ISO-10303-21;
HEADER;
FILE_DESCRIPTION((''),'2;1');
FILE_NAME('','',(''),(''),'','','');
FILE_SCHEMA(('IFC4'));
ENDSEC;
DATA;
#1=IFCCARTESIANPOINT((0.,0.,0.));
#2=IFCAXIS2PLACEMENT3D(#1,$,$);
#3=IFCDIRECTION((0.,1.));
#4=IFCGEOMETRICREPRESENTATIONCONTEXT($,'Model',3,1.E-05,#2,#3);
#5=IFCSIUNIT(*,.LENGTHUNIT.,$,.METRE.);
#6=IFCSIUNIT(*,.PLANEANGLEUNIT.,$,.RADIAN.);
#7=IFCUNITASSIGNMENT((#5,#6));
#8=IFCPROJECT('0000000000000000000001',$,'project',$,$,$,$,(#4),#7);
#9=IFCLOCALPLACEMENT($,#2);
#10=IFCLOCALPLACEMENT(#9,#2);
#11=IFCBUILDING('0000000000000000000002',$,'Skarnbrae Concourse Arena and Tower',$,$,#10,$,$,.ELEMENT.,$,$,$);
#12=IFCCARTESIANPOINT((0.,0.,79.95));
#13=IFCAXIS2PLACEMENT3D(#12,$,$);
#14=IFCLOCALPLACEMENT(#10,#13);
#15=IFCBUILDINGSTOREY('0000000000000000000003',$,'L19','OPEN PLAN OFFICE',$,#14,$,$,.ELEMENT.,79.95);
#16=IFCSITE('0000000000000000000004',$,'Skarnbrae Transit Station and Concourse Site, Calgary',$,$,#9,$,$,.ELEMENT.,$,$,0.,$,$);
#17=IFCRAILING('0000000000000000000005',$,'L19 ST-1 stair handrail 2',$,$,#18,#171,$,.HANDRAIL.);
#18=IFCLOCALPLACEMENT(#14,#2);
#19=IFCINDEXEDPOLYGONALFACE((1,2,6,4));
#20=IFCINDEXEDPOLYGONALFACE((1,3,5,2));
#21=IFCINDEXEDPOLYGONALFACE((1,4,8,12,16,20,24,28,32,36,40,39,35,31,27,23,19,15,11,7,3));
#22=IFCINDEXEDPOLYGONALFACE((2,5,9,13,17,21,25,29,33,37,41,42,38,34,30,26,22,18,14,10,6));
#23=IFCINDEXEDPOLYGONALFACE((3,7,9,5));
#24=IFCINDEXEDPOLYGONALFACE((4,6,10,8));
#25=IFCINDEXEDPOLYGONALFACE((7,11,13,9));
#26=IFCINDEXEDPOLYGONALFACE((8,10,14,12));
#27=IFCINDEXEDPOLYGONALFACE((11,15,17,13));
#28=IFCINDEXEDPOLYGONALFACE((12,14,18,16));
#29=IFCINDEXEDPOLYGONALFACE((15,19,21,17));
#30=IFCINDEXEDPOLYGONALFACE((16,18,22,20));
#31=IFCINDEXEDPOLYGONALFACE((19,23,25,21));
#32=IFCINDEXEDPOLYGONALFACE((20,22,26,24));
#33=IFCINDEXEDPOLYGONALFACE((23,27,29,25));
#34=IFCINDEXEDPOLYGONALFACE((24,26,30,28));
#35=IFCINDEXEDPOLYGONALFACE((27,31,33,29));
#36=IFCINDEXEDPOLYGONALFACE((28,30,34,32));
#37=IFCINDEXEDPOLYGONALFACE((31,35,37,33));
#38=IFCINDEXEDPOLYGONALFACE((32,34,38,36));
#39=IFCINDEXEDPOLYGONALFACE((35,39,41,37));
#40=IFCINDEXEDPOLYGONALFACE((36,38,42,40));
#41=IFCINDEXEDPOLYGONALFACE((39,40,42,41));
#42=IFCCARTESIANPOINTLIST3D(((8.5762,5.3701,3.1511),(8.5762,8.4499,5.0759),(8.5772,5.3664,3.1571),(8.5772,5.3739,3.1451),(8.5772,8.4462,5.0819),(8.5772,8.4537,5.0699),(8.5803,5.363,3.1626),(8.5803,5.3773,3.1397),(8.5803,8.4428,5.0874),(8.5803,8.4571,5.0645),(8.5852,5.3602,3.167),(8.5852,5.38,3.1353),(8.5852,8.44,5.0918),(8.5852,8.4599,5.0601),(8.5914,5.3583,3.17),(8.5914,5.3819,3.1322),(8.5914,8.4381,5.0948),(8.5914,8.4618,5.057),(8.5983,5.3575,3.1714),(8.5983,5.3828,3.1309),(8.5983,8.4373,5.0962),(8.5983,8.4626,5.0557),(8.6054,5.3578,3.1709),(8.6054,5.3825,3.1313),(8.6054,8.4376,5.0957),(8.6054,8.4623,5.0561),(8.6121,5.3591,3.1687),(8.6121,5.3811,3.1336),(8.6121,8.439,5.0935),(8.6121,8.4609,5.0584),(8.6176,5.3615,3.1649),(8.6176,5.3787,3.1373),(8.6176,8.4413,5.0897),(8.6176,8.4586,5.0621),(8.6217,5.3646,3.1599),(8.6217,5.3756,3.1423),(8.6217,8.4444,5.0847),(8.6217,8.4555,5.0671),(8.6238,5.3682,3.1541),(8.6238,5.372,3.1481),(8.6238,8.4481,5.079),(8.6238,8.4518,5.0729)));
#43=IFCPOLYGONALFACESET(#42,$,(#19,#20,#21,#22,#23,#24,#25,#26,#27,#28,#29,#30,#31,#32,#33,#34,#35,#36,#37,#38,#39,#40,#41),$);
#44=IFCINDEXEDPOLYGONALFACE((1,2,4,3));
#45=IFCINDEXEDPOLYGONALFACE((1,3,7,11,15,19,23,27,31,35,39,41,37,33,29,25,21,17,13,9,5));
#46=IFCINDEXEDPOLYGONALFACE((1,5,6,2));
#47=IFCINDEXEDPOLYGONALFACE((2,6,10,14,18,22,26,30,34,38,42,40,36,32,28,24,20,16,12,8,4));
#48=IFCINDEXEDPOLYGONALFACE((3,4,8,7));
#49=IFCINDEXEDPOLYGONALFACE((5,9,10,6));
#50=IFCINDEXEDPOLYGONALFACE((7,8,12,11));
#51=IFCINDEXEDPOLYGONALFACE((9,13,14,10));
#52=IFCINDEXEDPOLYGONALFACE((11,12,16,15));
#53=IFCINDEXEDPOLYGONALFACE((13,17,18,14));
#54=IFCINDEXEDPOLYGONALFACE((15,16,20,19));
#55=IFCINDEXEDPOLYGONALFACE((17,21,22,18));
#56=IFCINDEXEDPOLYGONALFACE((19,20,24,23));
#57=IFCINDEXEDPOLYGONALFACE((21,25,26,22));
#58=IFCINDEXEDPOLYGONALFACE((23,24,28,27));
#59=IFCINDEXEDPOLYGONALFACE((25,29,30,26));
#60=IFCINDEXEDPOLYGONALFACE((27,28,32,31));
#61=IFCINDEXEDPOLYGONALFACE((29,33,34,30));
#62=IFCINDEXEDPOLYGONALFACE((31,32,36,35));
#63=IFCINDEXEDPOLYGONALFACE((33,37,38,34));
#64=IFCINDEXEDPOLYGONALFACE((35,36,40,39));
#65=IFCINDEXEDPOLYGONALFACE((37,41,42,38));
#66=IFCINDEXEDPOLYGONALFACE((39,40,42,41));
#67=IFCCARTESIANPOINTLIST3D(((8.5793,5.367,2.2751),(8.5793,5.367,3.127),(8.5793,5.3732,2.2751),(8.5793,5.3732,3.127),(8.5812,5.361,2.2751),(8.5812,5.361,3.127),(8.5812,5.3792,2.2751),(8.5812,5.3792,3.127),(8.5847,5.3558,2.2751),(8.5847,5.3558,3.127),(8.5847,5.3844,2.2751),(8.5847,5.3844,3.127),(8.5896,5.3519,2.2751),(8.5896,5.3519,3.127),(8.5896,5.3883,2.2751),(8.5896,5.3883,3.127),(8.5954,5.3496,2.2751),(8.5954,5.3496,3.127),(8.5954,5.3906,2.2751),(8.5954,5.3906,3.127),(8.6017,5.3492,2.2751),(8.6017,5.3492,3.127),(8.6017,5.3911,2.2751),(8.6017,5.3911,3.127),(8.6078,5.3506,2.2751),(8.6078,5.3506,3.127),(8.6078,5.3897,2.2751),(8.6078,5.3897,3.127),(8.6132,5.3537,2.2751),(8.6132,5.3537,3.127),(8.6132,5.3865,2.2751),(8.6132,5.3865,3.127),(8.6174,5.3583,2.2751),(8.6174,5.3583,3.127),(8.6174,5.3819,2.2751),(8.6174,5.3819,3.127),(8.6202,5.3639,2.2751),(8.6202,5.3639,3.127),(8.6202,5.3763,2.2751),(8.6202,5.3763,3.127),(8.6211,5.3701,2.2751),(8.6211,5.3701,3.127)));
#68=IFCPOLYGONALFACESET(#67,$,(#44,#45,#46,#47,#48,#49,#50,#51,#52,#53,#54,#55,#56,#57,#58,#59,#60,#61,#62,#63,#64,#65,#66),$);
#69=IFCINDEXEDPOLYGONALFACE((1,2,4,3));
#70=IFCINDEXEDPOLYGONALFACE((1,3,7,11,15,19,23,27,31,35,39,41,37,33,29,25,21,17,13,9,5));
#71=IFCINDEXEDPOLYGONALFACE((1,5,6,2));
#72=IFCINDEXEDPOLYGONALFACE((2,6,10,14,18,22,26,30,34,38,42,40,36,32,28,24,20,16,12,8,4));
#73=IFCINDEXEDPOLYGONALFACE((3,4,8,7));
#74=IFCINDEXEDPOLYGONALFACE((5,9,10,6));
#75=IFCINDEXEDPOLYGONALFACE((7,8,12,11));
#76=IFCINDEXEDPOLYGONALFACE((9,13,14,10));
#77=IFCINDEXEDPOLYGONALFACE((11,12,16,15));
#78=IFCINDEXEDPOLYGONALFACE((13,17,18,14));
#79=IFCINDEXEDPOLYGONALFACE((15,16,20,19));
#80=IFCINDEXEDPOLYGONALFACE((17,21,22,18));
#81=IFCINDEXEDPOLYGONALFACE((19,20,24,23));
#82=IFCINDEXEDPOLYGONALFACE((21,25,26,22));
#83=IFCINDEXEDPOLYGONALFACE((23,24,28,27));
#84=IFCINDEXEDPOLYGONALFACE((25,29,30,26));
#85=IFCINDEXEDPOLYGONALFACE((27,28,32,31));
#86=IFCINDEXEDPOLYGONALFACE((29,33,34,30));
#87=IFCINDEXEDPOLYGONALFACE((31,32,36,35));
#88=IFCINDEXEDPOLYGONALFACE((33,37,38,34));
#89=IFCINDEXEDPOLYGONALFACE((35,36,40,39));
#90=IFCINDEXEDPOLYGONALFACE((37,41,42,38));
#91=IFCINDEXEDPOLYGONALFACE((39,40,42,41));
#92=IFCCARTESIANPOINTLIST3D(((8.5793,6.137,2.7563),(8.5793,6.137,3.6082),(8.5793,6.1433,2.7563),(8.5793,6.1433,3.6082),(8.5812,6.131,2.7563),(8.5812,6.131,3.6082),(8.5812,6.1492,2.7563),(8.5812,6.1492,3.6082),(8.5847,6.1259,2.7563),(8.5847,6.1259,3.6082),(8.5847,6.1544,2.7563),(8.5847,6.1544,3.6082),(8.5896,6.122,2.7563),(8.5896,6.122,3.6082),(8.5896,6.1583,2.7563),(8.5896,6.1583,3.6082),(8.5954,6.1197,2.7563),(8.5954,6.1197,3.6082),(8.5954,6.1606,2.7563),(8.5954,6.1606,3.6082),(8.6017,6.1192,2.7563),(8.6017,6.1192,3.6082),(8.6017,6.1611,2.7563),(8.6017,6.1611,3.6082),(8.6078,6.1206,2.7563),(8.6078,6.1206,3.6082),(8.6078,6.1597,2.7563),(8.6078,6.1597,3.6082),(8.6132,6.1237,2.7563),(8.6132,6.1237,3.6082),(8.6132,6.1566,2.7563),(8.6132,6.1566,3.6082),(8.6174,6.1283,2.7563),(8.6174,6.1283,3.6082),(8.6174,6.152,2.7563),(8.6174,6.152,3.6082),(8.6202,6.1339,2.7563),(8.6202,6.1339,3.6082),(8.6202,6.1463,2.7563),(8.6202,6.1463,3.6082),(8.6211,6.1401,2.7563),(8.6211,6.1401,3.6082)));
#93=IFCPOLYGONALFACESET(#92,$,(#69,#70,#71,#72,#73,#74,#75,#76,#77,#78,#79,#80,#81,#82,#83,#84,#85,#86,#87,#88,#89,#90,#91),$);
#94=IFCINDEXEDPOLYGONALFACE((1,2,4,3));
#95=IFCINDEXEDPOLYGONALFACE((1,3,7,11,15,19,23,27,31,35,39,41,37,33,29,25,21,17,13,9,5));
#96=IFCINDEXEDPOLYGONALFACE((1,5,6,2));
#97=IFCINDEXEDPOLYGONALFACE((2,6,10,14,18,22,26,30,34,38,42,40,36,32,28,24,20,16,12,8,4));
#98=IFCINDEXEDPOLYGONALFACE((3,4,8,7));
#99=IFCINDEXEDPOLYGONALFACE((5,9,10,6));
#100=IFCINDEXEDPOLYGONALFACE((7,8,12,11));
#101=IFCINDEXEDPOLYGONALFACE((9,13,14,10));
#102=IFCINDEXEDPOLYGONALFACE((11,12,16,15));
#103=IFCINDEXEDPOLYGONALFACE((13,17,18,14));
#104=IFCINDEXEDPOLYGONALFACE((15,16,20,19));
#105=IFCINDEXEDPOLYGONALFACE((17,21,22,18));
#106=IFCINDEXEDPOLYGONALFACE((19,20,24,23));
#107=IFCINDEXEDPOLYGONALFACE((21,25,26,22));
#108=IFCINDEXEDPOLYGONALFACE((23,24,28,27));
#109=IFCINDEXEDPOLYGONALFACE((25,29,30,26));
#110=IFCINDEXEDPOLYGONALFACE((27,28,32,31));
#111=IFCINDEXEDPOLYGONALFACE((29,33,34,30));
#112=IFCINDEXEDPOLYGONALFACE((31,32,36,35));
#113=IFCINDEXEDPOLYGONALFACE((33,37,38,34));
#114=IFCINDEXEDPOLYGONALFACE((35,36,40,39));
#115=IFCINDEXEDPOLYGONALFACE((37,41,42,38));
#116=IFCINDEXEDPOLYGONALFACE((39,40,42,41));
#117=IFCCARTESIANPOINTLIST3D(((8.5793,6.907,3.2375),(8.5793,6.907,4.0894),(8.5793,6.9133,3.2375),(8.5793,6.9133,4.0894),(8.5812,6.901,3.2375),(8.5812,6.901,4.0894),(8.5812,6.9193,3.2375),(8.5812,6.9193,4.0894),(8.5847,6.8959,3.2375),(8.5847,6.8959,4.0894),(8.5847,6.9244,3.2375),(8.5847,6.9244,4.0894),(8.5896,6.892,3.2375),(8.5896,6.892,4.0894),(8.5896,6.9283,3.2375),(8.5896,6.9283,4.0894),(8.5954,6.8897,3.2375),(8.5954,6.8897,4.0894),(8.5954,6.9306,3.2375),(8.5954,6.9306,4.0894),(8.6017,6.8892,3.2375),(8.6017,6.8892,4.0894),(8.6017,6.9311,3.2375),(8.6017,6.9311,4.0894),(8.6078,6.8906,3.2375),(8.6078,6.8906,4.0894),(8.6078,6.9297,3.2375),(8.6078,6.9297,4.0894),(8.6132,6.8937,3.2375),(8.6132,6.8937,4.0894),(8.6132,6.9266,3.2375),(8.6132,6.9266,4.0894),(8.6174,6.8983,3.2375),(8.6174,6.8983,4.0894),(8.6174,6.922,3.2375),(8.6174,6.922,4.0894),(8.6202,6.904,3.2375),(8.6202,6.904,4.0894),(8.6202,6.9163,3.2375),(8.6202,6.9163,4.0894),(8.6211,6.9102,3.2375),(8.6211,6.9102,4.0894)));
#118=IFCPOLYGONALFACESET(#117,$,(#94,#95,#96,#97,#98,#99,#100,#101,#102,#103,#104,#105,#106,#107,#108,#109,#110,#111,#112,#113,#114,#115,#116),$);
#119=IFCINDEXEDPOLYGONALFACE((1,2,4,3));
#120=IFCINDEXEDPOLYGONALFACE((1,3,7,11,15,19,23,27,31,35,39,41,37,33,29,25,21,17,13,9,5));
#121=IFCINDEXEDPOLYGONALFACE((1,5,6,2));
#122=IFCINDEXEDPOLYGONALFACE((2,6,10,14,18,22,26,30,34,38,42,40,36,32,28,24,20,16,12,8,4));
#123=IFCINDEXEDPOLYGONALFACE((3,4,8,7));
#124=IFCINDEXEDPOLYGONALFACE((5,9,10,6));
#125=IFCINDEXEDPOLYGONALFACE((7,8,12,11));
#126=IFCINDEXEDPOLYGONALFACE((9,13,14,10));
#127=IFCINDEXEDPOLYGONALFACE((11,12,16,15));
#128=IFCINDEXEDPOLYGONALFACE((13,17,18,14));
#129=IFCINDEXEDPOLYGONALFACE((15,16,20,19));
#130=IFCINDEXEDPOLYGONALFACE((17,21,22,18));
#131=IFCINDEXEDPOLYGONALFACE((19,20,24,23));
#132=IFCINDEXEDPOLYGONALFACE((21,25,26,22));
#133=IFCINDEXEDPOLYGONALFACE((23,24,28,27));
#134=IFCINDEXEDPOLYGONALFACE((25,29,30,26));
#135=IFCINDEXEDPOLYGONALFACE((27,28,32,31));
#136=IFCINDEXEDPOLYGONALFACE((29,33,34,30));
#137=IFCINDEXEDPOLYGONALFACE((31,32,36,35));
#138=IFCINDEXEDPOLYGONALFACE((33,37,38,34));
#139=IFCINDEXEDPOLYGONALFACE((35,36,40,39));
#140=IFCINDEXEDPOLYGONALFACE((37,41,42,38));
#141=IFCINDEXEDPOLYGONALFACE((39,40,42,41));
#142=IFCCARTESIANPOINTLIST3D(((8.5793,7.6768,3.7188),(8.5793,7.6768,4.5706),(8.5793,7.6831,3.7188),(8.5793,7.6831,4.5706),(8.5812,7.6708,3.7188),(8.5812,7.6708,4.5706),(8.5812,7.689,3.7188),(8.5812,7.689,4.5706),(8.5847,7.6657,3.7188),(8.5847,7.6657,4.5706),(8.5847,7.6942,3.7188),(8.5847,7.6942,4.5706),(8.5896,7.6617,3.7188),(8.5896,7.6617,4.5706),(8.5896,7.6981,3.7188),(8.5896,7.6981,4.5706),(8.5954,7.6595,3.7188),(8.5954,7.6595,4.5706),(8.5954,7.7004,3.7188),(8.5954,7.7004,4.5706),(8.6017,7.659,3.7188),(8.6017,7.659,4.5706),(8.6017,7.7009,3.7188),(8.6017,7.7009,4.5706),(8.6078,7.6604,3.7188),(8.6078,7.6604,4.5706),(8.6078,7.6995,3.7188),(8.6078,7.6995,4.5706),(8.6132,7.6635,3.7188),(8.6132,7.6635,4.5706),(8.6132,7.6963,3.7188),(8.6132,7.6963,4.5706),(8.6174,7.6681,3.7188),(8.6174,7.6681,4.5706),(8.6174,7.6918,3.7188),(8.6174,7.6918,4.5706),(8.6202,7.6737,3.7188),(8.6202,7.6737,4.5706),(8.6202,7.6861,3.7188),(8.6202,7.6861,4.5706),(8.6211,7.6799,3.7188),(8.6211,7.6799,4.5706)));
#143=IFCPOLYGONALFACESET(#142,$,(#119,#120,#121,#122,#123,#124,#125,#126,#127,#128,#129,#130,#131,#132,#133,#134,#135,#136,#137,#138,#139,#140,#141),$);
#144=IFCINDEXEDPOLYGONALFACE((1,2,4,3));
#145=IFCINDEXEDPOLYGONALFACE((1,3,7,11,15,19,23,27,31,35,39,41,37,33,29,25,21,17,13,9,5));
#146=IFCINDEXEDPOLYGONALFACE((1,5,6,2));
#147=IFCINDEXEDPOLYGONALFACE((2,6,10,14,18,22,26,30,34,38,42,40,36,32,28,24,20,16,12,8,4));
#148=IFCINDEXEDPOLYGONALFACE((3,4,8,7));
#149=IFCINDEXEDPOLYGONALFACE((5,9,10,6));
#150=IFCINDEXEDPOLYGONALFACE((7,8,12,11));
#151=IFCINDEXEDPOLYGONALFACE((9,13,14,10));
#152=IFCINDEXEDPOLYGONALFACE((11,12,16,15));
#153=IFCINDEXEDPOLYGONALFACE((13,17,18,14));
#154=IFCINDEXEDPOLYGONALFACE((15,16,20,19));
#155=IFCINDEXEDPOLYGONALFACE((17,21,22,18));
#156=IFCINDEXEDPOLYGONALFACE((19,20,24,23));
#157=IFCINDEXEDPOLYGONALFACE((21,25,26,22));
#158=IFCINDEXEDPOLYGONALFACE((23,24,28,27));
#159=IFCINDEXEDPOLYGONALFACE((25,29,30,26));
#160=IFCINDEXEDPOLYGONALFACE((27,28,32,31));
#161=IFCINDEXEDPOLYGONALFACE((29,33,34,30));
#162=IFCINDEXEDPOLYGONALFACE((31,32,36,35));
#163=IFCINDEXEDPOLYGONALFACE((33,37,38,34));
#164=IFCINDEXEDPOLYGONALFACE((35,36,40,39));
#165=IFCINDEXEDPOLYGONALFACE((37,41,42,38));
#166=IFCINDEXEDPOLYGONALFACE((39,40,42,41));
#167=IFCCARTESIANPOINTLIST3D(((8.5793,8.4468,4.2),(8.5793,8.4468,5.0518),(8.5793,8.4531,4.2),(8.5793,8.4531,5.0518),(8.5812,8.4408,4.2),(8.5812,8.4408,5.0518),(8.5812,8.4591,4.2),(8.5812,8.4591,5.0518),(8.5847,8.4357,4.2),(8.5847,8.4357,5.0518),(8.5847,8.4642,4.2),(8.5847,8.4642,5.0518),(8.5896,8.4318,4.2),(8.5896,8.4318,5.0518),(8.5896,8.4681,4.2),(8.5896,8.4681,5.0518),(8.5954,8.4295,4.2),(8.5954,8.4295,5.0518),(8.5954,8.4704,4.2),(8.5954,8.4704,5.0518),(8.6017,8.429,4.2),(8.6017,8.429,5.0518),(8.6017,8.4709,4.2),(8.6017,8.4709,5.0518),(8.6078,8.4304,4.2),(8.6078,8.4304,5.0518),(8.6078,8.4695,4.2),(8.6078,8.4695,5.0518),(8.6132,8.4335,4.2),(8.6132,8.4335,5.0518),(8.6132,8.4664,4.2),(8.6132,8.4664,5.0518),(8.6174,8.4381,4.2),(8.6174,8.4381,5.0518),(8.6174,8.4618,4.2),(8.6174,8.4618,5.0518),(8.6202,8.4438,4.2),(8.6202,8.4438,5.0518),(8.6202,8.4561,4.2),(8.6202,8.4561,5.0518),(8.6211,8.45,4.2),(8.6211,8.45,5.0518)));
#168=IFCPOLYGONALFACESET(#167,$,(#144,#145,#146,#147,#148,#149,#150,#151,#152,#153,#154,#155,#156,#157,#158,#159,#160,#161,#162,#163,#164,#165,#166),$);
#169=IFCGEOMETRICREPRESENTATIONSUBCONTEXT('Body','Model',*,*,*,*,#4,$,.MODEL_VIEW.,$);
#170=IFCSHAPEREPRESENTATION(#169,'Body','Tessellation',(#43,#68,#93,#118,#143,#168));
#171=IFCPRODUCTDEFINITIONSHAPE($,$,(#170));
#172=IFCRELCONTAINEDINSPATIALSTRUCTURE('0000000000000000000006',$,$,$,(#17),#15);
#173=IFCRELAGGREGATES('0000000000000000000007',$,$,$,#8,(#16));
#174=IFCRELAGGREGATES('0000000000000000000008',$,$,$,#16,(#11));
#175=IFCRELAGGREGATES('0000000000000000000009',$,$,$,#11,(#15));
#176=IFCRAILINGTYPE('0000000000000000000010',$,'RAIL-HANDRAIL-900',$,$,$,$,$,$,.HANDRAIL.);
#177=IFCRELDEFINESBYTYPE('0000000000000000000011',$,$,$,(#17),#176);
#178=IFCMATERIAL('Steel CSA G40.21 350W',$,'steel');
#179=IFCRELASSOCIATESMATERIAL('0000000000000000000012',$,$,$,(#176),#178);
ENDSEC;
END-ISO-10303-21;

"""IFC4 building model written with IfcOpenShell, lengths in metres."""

from ifc_helpers import new_model, si_unit, direction, frame, origin, origin_2d, place, context, subcontext, project, spatial, circle, extrude, material, type_object, element, save


model = new_model("IFC4")

# Units and contexts
model_context = context("Model", 3, precision=1e-05, world=origin(), true_north=direction((0.0, 1.0)))
body_context = subcontext(model_context, "Body", "Model", "MODEL_VIEW")
ifc_project = project(units=[si_unit("LENGTHUNIT", "METRE"), si_unit("PLANEANGLEUNIT", "RADIAN")], contexts=[model_context])

# Site, building, storey
site_placement = place(None, origin())
site = spatial("IfcSite", under=ifc_project, at=site_placement, Name="Skarnbrae Transit Station and Concourse Site, Calgary", CompositionType="ELEMENT", RefElevation=0.0)
building_placement = place(site_placement, origin())
building = spatial("IfcBuilding", under=site, at=building_placement, Name="Skarnbrae Concourse Arena and Tower", CompositionType="ELEMENT")
storey_placement = place(building_placement, frame((0.0, 0.0, 79.95)))
storey = spatial("IfcBuildingStorey", under=building, at=storey_placement, Name="L19", Description="OPEN PLAN OFFICE", CompositionType="ELEMENT", Elevation=79.95)

# Shared definitions
ifc_material_1 = material(Name="Steel CSA G40.21 350W", Category="steel")

# Railing
railing_type_1 = type_object("IfcRailingType", Name="RAIL-HANDRAIL-900", PredefinedType="HANDRAIL", material=ifc_material_1)
railing_1_placement = place(storey_placement, frame((8.6001, 5.3701, 2.2751)))
element("IfcRailing", 1, at=railing_1_placement, inside=storey, type_object=railing_type_1, Name="L19 ST-1 stair handrail 2", PredefinedType="HANDRAIL", context=body_context, shape_type="SweptSolid", body=[
    extrude(circle(Radius=0.0239, at=origin_2d()), frame((0.0, 0.0, 0.876), z_axis=(0.0, 0.84801, 0.529981), x_axis=(-1.0, 0.0, 0.0)), (0.0, 0.0, 1.0), 3.6318),
    extrude(circle(Radius=0.021, at=origin_2d()), origin(), (0.0, 0.0, 1.0), 0.8518),
    extrude(circle(Radius=0.021, at=origin_2d()), frame((0.0, 0.77, 0.4812)), (0.0, 0.0, 1.0), 0.8518),
    extrude(circle(Radius=0.021, at=origin_2d()), frame((0.0, 1.54, 0.9624)), (0.0, 0.0, 1.0), 0.8518),
    extrude(circle(Radius=0.021, at=origin_2d()), frame((0.0, 2.3098, 1.4436)), (0.0, 0.0, 1.0), 0.8518),
    extrude(circle(Radius=0.021, at=origin_2d()), frame((0.0, 3.0798, 1.9248)), (0.0, 0.0, 1.0), 0.8518),
])

save(model, "model.ifc")
